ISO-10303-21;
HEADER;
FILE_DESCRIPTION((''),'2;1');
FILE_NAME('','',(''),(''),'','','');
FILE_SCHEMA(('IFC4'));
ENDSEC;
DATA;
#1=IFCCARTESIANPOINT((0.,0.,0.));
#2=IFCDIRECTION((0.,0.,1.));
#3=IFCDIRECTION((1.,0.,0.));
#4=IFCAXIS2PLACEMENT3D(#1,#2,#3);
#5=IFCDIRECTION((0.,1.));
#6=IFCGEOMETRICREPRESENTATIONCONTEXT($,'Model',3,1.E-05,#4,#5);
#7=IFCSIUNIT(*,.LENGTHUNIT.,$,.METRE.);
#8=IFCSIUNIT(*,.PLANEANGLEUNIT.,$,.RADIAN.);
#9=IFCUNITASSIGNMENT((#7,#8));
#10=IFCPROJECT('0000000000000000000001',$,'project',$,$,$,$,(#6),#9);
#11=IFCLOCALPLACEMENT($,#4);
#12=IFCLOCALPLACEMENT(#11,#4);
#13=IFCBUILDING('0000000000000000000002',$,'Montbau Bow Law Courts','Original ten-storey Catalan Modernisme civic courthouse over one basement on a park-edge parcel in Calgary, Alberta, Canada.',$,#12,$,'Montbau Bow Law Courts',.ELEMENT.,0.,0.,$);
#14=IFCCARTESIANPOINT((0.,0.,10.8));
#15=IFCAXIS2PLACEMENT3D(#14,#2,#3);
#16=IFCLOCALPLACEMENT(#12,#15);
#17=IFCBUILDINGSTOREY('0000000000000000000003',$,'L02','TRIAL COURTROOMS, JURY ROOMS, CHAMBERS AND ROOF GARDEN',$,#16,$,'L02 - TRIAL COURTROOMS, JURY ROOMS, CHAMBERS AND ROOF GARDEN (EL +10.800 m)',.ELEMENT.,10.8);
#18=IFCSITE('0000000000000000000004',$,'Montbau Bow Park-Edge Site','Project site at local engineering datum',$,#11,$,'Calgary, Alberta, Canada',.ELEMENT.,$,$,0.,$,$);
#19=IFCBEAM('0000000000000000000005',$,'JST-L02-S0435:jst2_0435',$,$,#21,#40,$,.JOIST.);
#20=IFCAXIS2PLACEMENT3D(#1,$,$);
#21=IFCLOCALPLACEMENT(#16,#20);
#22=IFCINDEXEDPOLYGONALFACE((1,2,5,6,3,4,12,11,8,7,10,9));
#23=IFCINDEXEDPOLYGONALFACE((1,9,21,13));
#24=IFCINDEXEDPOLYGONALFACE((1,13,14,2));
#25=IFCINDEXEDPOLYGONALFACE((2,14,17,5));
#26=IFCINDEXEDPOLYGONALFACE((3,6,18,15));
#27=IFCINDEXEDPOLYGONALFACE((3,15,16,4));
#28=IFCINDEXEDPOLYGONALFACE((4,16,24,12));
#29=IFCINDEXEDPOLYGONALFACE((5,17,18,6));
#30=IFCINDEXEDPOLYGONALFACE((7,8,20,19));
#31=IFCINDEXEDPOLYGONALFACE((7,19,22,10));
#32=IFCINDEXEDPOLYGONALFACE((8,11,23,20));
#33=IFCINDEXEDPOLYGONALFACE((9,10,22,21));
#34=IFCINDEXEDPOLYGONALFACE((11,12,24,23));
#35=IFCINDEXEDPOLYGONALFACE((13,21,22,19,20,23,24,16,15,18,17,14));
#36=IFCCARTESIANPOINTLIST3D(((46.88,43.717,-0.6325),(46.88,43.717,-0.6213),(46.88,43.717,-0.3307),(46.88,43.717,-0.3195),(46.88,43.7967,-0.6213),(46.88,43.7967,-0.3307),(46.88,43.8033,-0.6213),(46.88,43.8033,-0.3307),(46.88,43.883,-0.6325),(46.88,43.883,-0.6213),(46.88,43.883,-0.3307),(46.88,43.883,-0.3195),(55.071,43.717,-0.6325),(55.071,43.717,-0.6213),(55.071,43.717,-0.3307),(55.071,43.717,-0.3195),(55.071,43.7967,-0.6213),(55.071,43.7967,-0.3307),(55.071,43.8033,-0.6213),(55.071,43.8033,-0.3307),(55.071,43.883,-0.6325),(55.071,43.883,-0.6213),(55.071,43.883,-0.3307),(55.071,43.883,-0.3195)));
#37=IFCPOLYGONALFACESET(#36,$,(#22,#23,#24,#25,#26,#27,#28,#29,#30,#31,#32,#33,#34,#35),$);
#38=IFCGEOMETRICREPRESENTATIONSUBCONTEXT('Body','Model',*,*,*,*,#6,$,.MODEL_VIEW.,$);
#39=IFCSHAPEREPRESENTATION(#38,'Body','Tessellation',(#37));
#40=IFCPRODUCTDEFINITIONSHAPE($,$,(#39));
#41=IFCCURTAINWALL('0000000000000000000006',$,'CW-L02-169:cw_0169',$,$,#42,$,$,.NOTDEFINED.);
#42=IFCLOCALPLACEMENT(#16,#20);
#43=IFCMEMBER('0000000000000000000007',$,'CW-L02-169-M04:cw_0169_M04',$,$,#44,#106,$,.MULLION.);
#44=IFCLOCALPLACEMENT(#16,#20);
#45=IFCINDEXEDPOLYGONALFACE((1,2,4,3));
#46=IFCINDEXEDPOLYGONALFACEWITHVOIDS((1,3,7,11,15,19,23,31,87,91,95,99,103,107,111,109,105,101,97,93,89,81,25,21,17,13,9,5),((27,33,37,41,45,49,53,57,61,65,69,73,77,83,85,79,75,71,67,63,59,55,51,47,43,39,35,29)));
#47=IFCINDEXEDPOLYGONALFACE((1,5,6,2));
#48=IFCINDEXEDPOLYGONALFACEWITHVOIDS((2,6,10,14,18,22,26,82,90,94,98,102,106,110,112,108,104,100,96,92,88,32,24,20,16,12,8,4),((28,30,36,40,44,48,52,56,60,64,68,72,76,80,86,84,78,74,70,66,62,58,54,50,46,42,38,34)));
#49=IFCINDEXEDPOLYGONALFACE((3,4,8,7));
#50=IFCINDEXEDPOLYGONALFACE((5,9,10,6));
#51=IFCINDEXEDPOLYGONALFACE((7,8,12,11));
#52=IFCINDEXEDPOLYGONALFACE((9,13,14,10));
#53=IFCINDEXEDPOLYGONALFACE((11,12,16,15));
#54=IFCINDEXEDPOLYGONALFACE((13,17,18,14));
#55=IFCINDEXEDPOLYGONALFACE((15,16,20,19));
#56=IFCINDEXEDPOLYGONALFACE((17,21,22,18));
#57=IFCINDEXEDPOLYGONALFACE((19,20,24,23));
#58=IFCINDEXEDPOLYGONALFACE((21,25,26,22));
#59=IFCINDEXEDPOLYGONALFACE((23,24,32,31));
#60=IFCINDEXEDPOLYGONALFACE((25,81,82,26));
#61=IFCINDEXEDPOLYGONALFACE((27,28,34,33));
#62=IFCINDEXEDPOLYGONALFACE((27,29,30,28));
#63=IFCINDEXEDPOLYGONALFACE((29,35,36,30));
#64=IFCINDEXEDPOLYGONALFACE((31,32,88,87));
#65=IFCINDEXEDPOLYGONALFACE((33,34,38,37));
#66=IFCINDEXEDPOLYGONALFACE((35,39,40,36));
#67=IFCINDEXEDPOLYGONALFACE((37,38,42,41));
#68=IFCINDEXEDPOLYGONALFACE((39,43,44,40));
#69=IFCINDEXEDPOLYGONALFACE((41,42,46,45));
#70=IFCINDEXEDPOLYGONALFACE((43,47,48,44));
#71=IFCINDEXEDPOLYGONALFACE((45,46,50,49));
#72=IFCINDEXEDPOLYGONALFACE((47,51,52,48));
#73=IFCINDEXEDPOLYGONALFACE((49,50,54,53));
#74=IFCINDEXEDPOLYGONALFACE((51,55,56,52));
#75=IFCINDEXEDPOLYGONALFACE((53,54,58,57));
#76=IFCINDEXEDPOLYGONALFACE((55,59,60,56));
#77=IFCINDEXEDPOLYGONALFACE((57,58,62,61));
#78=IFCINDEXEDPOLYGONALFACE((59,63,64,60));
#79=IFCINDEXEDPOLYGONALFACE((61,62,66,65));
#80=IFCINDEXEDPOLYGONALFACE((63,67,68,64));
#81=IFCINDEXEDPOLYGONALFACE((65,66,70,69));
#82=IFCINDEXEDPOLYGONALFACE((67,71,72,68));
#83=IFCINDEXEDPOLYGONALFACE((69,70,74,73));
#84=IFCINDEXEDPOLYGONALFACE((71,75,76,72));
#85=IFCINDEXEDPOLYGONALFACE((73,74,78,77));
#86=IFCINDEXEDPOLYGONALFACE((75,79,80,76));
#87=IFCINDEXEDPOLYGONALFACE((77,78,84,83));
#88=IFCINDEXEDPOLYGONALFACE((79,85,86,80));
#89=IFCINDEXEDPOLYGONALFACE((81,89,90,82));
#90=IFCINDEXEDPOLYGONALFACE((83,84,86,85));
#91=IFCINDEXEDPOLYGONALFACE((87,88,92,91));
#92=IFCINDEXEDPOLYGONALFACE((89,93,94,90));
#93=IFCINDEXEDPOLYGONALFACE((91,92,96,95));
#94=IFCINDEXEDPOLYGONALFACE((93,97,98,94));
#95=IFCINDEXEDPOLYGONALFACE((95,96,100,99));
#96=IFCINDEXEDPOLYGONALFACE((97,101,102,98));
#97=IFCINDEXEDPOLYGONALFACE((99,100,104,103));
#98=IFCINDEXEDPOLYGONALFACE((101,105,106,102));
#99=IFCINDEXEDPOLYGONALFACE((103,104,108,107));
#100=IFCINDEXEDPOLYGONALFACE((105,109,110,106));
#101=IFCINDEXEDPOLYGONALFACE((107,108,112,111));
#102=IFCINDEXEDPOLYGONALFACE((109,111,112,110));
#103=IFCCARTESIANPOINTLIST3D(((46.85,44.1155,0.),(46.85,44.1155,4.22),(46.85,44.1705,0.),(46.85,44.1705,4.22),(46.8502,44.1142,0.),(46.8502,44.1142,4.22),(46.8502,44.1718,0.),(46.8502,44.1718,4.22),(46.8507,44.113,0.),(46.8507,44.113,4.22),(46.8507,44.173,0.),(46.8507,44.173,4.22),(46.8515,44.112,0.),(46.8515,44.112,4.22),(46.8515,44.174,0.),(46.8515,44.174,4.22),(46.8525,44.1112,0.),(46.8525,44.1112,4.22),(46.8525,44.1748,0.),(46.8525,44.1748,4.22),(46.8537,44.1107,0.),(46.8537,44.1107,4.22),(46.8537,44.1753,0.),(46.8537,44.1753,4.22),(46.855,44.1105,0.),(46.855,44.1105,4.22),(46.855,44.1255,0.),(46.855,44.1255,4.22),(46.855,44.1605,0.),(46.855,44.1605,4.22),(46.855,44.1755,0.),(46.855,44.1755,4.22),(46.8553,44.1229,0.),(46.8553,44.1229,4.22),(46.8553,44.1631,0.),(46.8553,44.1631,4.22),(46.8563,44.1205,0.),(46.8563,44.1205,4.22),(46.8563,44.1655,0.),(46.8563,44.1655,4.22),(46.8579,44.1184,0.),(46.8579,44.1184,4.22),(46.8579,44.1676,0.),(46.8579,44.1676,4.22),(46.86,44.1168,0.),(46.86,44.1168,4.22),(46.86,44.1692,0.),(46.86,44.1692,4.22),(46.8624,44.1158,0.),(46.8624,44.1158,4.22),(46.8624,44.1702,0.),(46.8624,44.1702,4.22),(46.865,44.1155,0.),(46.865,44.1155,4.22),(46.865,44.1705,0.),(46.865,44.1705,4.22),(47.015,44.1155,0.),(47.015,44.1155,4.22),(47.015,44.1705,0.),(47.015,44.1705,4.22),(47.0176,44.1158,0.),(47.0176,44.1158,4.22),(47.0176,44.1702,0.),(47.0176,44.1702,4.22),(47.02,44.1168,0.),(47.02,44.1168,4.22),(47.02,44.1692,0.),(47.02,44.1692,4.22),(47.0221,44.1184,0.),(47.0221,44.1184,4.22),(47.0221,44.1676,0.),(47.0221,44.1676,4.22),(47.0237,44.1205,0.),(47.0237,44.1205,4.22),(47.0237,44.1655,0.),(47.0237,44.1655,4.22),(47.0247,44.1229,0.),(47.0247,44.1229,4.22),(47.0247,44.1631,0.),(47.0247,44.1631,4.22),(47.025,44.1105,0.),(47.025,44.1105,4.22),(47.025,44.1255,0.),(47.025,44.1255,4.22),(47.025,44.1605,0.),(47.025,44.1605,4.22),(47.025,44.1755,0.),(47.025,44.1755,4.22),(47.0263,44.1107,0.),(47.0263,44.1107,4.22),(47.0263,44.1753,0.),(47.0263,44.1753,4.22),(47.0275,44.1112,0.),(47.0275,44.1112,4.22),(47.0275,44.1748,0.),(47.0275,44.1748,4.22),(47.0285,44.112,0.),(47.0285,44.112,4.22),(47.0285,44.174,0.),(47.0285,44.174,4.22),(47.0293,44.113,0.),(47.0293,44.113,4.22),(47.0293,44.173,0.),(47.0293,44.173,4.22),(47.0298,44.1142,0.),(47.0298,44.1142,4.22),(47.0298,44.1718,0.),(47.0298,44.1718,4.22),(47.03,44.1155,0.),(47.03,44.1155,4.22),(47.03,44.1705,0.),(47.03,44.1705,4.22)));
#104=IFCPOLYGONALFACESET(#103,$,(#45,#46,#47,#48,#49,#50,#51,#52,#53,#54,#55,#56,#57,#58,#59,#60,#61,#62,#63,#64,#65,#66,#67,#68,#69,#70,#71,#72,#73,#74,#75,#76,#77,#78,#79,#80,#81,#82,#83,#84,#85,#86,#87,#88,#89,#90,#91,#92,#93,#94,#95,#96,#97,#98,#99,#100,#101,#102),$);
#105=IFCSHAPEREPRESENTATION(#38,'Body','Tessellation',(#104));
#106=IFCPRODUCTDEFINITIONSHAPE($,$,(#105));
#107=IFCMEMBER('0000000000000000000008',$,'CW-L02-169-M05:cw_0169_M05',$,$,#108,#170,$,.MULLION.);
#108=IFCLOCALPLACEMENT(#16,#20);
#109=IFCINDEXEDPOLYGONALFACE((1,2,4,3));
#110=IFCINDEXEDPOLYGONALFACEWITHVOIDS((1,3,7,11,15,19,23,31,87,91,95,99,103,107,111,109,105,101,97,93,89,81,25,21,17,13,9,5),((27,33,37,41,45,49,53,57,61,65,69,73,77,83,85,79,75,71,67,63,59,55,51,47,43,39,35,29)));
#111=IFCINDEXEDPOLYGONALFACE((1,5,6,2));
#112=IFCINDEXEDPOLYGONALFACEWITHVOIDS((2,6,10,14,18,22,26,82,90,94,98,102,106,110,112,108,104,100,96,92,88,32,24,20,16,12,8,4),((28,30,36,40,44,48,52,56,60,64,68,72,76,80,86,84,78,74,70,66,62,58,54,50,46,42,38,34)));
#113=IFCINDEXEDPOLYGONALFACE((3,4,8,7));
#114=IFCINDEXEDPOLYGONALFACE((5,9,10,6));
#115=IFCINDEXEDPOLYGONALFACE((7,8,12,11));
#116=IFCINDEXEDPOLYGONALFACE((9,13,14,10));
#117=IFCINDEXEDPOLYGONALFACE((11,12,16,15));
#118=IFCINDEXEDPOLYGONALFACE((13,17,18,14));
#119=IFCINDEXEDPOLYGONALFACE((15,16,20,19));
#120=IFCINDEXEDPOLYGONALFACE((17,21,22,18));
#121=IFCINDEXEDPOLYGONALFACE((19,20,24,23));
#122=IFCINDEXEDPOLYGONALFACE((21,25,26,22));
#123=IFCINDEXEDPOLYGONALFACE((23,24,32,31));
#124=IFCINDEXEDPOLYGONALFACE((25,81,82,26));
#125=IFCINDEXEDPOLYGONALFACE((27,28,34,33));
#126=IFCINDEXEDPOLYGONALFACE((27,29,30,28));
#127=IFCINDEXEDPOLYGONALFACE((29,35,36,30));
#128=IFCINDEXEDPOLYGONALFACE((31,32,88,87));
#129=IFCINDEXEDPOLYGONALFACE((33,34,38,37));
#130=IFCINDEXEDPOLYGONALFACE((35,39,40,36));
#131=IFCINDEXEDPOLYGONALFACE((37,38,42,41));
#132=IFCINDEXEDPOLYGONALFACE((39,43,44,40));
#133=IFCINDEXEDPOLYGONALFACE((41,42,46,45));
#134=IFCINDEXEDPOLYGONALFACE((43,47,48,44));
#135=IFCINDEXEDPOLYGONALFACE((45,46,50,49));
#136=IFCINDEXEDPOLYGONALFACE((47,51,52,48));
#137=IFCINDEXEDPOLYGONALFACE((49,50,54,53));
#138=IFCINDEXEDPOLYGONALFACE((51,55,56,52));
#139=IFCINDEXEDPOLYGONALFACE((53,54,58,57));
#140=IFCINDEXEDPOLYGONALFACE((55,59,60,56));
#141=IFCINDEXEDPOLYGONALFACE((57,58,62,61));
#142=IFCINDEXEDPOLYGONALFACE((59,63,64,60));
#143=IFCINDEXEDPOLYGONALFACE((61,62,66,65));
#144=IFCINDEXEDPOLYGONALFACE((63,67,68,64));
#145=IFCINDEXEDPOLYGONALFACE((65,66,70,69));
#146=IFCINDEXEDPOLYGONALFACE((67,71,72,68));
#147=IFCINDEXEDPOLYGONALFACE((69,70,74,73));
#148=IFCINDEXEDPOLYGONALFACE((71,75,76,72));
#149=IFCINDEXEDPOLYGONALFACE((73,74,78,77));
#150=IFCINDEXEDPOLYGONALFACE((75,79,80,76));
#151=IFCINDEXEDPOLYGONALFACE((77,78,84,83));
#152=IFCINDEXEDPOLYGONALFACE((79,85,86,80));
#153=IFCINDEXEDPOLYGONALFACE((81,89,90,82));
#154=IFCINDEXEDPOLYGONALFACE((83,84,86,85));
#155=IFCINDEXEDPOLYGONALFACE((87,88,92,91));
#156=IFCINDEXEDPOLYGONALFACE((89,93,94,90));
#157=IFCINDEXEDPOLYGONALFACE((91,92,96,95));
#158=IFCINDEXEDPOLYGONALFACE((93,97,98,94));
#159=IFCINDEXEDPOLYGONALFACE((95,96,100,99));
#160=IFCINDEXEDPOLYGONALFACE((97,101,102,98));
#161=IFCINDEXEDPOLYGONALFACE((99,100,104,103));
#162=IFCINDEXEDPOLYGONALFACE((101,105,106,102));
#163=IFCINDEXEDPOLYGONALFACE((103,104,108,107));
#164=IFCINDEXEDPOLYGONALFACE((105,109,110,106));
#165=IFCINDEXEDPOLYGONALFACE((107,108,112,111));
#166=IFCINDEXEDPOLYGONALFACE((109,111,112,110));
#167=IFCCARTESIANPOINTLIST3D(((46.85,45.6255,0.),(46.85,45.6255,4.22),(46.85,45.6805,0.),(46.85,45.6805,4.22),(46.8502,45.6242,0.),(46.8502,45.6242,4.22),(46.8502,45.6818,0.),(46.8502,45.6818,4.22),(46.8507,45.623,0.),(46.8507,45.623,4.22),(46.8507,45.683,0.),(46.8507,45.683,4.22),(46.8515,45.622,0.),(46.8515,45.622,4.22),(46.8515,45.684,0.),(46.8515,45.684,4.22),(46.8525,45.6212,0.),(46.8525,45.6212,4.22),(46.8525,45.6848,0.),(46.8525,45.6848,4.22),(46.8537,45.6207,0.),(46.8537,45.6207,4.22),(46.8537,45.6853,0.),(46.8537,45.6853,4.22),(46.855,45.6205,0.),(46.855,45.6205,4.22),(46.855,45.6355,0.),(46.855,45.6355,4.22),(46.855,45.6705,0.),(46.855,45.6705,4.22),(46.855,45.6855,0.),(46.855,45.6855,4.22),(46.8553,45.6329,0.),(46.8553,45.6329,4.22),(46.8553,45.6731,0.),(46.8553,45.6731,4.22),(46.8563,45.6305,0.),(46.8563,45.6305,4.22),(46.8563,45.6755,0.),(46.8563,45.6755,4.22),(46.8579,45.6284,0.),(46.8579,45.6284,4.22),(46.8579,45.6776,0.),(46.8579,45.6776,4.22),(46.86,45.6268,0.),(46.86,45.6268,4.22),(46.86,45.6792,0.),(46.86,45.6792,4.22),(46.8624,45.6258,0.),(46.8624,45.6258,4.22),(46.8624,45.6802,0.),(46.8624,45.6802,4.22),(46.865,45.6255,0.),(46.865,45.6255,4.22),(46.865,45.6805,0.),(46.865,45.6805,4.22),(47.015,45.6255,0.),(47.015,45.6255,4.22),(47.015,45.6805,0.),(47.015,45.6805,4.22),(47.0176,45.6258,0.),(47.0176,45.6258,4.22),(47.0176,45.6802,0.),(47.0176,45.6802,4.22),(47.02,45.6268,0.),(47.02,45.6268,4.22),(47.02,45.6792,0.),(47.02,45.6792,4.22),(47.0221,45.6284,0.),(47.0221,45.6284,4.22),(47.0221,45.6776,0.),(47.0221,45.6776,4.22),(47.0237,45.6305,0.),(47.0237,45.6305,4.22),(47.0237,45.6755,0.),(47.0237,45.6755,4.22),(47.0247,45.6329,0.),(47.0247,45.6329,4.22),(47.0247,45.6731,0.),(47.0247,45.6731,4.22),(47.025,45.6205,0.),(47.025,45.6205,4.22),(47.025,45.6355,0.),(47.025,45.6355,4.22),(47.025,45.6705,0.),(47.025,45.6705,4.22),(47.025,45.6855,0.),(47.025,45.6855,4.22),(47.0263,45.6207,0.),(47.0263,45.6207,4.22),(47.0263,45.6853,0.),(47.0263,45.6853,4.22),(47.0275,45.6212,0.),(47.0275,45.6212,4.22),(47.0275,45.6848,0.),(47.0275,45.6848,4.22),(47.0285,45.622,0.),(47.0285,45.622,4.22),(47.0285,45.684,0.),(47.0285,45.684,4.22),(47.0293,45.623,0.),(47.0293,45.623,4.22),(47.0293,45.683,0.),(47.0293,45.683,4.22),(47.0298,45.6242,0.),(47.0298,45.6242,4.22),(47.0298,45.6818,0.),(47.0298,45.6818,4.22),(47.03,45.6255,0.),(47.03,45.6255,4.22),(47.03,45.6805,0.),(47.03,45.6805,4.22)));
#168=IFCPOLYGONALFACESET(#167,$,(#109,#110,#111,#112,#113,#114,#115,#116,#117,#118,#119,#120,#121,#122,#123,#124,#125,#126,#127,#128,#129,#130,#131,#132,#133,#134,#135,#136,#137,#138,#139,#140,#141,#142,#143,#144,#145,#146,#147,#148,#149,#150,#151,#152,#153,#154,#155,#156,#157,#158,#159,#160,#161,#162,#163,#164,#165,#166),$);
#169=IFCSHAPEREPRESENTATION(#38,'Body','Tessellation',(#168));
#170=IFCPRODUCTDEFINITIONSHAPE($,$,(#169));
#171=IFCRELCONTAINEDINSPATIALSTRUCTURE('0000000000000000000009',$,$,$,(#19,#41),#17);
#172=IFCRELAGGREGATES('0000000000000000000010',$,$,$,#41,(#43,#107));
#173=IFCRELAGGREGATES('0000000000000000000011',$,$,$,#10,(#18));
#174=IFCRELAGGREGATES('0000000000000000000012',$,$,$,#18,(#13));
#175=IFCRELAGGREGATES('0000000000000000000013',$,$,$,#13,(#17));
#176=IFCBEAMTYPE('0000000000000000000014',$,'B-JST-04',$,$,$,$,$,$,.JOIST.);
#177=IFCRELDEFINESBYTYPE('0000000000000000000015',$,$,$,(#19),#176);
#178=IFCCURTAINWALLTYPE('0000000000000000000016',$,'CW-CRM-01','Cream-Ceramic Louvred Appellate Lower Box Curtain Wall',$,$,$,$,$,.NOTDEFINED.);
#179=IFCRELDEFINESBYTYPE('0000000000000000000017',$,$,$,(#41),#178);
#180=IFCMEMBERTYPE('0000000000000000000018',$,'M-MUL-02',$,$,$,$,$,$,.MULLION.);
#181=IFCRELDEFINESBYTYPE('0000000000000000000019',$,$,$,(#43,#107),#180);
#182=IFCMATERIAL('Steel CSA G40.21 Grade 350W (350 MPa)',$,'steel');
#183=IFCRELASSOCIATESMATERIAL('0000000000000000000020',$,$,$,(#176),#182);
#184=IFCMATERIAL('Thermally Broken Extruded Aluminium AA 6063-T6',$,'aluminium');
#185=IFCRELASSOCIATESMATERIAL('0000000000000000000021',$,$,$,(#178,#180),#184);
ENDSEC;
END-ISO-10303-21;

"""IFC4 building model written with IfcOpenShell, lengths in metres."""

from ifc_helpers import new_model, si_unit, direction, frame, origin_with_axes, origin_2d_with_axis, place, context, subcontext, project, spatial, hollow_rectangle, i_section, extrude, material, material_profile, profile_set, type_object, element, aggregate, save


model = new_model("IFC4")

# Units and contexts
model_context = context("Model", 3, precision=1e-05, world=origin_with_axes(), true_north=direction((0.0, 1.0)))
body_context = subcontext(model_context, "Body", "Model", "MODEL_VIEW")
ifc_project = project(units=[si_unit("LENGTHUNIT", "METRE"), si_unit("PLANEANGLEUNIT", "RADIAN")], contexts=[model_context])

# Site, building, storey
site_placement = place(None, origin_with_axes())
site = spatial("IfcSite", under=ifc_project, at=site_placement, Name="Montbau Bow Park-Edge Site", Description="Project site at local engineering datum", LongName="Calgary, Alberta, Canada", CompositionType="ELEMENT", RefElevation=0.0)
building_placement = place(site_placement, origin_with_axes())
building = spatial("IfcBuilding", under=site, at=building_placement, Name="Montbau Bow Law Courts", Description="Original ten-storey Catalan Modernisme civic courthouse over one basement on a park-edge parcel in Calgary, Alberta, Canada.", LongName="Montbau Bow Law Courts", CompositionType="ELEMENT", ElevationOfRefHeight=0.0, ElevationOfTerrain=0.0)
storey_placement = place(building_placement, frame((0.0, 0.0, 10.8), z_axis=(0.0, 0.0, 1.0), x_axis=(1.0, 0.0, 0.0)))
storey = spatial("IfcBuildingStorey", under=building, at=storey_placement, Name="L02", Description="TRIAL COURTROOMS, JURY ROOMS, CHAMBERS AND ROOF GARDEN", LongName="L02 - TRIAL COURTROOMS, JURY ROOMS, CHAMBERS AND ROOF GARDEN (EL +10.800 m)", CompositionType="ELEMENT", Elevation=10.8)

# Beam
ifc_material_1 = material(Name="Steel CSA G40.21 Grade 350W (350 MPa)", Category="steel")
ifc_material_profile_1 = material_profile(ifc_material_1, i_section(OverallWidth=0.166, OverallDepth=0.313, WebThickness=0.0066, FlangeThickness=0.0112, at=origin_2d_with_axis()), Name="W310X45", Category="Main", Priority=0)
ifc_profile_set_1 = profile_set([ifc_material_profile_1], Name="Steel CSA G40.21 Grade 350W (350 MPa)")
beam_type = type_object("IfcBeamType", Name="B-JST-04", PredefinedType="JOIST", material=ifc_profile_set_1)
beam_placement = place(None, frame((46.88, 43.8, 10.324), z_axis=(1.0, 0.0, 0.0), x_axis=(0.0, 1.0, 0.0)))
element("IfcBeam", 1, at=beam_placement, inside=storey, type_object=beam_type, Name="JST-L02-S0435:jst2_0435", PredefinedType="JOIST", context=body_context, shape_type="SweptSolid", body=[
    extrude(i_section(OverallWidth=0.166, OverallDepth=0.313, WebThickness=0.0066, FlangeThickness=0.0112, at=origin_2d_with_axis()), origin_with_axes(), (0.0, 0.0, 1.0), 8.191),
])

# Curtain wall, members
ifc_material_2 = material(Name="Thermally Broken Extruded Aluminium AA 6063-T6", Category="aluminium")
curtain_wall_type = type_object("IfcCurtainWallType", Name="CW-CRM-01", Description="Cream-Ceramic Louvred Appellate Lower Box Curtain Wall", PredefinedType="NOTDEFINED", material=ifc_material_2)
curtain_wall_1_placement = place(None, frame((46.94, 39.515, 10.8), z_axis=(0.0, 0.0, 1.0), x_axis=(1.0, 0.0, 0.0)))
curtain_wall_1 = element("IfcCurtainWall", 2, at=curtain_wall_1_placement, inside=storey, type_object=curtain_wall_type, Name="CW-L02-169:cw_0169", PredefinedType="NOTDEFINED")
ifc_material_profile_2 = material_profile(ifc_material_2, hollow_rectangle(XDim=0.065, YDim=0.18, WallThickness=0.005, InnerFilletRadius=0.01, OuterFilletRadius=0.005, at=origin_2d_with_axis()), Name="CWM-180X65", Category="Main", Priority=0)
ifc_profile_set_2 = profile_set([ifc_material_profile_2], Name="Thermally Broken Extruded Aluminium AA 6063-T6")
member_type_1 = type_object("IfcMemberType", Name="M-MUL-02", PredefinedType="MULLION", material=ifc_profile_set_2)
member_1_placement = place(None, frame((46.94, 44.143, 10.8), z_axis=(0.0, 0.0, 1.0), x_axis=(0.0, 1.0, 0.0)))
member_1 = element("IfcMember", 3, at=member_1_placement, type_object=member_type_1, Name="CW-L02-169-M04:cw_0169_M04", PredefinedType="MULLION", context=body_context, shape_type="SweptSolid", body=[
    extrude(hollow_rectangle(XDim=0.065, YDim=0.18, WallThickness=0.005, InnerFilletRadius=0.01, OuterFilletRadius=0.005, at=origin_2d_with_axis()), origin_with_axes(), (0.0, 0.0, 1.0), 4.22),
])
member_2_placement = place(None, frame((46.94, 45.653, 10.8), z_axis=(0.0, 0.0, 1.0), x_axis=(0.0, 1.0, 0.0)))
member_2 = element("IfcMember", 4, at=member_2_placement, type_object=member_type_1, Name="CW-L02-169-M05:cw_0169_M05", PredefinedType="MULLION", context=body_context, shape_type="SweptSolid", body=[
    extrude(hollow_rectangle(XDim=0.065, YDim=0.18, WallThickness=0.005, InnerFilletRadius=0.01, OuterFilletRadius=0.005, at=origin_2d_with_axis()), origin_with_axes(), (0.0, 0.0, 1.0), 4.22),
])

aggregate(curtain_wall_1, [member_1, member_2])

save(model, "model.ifc")
